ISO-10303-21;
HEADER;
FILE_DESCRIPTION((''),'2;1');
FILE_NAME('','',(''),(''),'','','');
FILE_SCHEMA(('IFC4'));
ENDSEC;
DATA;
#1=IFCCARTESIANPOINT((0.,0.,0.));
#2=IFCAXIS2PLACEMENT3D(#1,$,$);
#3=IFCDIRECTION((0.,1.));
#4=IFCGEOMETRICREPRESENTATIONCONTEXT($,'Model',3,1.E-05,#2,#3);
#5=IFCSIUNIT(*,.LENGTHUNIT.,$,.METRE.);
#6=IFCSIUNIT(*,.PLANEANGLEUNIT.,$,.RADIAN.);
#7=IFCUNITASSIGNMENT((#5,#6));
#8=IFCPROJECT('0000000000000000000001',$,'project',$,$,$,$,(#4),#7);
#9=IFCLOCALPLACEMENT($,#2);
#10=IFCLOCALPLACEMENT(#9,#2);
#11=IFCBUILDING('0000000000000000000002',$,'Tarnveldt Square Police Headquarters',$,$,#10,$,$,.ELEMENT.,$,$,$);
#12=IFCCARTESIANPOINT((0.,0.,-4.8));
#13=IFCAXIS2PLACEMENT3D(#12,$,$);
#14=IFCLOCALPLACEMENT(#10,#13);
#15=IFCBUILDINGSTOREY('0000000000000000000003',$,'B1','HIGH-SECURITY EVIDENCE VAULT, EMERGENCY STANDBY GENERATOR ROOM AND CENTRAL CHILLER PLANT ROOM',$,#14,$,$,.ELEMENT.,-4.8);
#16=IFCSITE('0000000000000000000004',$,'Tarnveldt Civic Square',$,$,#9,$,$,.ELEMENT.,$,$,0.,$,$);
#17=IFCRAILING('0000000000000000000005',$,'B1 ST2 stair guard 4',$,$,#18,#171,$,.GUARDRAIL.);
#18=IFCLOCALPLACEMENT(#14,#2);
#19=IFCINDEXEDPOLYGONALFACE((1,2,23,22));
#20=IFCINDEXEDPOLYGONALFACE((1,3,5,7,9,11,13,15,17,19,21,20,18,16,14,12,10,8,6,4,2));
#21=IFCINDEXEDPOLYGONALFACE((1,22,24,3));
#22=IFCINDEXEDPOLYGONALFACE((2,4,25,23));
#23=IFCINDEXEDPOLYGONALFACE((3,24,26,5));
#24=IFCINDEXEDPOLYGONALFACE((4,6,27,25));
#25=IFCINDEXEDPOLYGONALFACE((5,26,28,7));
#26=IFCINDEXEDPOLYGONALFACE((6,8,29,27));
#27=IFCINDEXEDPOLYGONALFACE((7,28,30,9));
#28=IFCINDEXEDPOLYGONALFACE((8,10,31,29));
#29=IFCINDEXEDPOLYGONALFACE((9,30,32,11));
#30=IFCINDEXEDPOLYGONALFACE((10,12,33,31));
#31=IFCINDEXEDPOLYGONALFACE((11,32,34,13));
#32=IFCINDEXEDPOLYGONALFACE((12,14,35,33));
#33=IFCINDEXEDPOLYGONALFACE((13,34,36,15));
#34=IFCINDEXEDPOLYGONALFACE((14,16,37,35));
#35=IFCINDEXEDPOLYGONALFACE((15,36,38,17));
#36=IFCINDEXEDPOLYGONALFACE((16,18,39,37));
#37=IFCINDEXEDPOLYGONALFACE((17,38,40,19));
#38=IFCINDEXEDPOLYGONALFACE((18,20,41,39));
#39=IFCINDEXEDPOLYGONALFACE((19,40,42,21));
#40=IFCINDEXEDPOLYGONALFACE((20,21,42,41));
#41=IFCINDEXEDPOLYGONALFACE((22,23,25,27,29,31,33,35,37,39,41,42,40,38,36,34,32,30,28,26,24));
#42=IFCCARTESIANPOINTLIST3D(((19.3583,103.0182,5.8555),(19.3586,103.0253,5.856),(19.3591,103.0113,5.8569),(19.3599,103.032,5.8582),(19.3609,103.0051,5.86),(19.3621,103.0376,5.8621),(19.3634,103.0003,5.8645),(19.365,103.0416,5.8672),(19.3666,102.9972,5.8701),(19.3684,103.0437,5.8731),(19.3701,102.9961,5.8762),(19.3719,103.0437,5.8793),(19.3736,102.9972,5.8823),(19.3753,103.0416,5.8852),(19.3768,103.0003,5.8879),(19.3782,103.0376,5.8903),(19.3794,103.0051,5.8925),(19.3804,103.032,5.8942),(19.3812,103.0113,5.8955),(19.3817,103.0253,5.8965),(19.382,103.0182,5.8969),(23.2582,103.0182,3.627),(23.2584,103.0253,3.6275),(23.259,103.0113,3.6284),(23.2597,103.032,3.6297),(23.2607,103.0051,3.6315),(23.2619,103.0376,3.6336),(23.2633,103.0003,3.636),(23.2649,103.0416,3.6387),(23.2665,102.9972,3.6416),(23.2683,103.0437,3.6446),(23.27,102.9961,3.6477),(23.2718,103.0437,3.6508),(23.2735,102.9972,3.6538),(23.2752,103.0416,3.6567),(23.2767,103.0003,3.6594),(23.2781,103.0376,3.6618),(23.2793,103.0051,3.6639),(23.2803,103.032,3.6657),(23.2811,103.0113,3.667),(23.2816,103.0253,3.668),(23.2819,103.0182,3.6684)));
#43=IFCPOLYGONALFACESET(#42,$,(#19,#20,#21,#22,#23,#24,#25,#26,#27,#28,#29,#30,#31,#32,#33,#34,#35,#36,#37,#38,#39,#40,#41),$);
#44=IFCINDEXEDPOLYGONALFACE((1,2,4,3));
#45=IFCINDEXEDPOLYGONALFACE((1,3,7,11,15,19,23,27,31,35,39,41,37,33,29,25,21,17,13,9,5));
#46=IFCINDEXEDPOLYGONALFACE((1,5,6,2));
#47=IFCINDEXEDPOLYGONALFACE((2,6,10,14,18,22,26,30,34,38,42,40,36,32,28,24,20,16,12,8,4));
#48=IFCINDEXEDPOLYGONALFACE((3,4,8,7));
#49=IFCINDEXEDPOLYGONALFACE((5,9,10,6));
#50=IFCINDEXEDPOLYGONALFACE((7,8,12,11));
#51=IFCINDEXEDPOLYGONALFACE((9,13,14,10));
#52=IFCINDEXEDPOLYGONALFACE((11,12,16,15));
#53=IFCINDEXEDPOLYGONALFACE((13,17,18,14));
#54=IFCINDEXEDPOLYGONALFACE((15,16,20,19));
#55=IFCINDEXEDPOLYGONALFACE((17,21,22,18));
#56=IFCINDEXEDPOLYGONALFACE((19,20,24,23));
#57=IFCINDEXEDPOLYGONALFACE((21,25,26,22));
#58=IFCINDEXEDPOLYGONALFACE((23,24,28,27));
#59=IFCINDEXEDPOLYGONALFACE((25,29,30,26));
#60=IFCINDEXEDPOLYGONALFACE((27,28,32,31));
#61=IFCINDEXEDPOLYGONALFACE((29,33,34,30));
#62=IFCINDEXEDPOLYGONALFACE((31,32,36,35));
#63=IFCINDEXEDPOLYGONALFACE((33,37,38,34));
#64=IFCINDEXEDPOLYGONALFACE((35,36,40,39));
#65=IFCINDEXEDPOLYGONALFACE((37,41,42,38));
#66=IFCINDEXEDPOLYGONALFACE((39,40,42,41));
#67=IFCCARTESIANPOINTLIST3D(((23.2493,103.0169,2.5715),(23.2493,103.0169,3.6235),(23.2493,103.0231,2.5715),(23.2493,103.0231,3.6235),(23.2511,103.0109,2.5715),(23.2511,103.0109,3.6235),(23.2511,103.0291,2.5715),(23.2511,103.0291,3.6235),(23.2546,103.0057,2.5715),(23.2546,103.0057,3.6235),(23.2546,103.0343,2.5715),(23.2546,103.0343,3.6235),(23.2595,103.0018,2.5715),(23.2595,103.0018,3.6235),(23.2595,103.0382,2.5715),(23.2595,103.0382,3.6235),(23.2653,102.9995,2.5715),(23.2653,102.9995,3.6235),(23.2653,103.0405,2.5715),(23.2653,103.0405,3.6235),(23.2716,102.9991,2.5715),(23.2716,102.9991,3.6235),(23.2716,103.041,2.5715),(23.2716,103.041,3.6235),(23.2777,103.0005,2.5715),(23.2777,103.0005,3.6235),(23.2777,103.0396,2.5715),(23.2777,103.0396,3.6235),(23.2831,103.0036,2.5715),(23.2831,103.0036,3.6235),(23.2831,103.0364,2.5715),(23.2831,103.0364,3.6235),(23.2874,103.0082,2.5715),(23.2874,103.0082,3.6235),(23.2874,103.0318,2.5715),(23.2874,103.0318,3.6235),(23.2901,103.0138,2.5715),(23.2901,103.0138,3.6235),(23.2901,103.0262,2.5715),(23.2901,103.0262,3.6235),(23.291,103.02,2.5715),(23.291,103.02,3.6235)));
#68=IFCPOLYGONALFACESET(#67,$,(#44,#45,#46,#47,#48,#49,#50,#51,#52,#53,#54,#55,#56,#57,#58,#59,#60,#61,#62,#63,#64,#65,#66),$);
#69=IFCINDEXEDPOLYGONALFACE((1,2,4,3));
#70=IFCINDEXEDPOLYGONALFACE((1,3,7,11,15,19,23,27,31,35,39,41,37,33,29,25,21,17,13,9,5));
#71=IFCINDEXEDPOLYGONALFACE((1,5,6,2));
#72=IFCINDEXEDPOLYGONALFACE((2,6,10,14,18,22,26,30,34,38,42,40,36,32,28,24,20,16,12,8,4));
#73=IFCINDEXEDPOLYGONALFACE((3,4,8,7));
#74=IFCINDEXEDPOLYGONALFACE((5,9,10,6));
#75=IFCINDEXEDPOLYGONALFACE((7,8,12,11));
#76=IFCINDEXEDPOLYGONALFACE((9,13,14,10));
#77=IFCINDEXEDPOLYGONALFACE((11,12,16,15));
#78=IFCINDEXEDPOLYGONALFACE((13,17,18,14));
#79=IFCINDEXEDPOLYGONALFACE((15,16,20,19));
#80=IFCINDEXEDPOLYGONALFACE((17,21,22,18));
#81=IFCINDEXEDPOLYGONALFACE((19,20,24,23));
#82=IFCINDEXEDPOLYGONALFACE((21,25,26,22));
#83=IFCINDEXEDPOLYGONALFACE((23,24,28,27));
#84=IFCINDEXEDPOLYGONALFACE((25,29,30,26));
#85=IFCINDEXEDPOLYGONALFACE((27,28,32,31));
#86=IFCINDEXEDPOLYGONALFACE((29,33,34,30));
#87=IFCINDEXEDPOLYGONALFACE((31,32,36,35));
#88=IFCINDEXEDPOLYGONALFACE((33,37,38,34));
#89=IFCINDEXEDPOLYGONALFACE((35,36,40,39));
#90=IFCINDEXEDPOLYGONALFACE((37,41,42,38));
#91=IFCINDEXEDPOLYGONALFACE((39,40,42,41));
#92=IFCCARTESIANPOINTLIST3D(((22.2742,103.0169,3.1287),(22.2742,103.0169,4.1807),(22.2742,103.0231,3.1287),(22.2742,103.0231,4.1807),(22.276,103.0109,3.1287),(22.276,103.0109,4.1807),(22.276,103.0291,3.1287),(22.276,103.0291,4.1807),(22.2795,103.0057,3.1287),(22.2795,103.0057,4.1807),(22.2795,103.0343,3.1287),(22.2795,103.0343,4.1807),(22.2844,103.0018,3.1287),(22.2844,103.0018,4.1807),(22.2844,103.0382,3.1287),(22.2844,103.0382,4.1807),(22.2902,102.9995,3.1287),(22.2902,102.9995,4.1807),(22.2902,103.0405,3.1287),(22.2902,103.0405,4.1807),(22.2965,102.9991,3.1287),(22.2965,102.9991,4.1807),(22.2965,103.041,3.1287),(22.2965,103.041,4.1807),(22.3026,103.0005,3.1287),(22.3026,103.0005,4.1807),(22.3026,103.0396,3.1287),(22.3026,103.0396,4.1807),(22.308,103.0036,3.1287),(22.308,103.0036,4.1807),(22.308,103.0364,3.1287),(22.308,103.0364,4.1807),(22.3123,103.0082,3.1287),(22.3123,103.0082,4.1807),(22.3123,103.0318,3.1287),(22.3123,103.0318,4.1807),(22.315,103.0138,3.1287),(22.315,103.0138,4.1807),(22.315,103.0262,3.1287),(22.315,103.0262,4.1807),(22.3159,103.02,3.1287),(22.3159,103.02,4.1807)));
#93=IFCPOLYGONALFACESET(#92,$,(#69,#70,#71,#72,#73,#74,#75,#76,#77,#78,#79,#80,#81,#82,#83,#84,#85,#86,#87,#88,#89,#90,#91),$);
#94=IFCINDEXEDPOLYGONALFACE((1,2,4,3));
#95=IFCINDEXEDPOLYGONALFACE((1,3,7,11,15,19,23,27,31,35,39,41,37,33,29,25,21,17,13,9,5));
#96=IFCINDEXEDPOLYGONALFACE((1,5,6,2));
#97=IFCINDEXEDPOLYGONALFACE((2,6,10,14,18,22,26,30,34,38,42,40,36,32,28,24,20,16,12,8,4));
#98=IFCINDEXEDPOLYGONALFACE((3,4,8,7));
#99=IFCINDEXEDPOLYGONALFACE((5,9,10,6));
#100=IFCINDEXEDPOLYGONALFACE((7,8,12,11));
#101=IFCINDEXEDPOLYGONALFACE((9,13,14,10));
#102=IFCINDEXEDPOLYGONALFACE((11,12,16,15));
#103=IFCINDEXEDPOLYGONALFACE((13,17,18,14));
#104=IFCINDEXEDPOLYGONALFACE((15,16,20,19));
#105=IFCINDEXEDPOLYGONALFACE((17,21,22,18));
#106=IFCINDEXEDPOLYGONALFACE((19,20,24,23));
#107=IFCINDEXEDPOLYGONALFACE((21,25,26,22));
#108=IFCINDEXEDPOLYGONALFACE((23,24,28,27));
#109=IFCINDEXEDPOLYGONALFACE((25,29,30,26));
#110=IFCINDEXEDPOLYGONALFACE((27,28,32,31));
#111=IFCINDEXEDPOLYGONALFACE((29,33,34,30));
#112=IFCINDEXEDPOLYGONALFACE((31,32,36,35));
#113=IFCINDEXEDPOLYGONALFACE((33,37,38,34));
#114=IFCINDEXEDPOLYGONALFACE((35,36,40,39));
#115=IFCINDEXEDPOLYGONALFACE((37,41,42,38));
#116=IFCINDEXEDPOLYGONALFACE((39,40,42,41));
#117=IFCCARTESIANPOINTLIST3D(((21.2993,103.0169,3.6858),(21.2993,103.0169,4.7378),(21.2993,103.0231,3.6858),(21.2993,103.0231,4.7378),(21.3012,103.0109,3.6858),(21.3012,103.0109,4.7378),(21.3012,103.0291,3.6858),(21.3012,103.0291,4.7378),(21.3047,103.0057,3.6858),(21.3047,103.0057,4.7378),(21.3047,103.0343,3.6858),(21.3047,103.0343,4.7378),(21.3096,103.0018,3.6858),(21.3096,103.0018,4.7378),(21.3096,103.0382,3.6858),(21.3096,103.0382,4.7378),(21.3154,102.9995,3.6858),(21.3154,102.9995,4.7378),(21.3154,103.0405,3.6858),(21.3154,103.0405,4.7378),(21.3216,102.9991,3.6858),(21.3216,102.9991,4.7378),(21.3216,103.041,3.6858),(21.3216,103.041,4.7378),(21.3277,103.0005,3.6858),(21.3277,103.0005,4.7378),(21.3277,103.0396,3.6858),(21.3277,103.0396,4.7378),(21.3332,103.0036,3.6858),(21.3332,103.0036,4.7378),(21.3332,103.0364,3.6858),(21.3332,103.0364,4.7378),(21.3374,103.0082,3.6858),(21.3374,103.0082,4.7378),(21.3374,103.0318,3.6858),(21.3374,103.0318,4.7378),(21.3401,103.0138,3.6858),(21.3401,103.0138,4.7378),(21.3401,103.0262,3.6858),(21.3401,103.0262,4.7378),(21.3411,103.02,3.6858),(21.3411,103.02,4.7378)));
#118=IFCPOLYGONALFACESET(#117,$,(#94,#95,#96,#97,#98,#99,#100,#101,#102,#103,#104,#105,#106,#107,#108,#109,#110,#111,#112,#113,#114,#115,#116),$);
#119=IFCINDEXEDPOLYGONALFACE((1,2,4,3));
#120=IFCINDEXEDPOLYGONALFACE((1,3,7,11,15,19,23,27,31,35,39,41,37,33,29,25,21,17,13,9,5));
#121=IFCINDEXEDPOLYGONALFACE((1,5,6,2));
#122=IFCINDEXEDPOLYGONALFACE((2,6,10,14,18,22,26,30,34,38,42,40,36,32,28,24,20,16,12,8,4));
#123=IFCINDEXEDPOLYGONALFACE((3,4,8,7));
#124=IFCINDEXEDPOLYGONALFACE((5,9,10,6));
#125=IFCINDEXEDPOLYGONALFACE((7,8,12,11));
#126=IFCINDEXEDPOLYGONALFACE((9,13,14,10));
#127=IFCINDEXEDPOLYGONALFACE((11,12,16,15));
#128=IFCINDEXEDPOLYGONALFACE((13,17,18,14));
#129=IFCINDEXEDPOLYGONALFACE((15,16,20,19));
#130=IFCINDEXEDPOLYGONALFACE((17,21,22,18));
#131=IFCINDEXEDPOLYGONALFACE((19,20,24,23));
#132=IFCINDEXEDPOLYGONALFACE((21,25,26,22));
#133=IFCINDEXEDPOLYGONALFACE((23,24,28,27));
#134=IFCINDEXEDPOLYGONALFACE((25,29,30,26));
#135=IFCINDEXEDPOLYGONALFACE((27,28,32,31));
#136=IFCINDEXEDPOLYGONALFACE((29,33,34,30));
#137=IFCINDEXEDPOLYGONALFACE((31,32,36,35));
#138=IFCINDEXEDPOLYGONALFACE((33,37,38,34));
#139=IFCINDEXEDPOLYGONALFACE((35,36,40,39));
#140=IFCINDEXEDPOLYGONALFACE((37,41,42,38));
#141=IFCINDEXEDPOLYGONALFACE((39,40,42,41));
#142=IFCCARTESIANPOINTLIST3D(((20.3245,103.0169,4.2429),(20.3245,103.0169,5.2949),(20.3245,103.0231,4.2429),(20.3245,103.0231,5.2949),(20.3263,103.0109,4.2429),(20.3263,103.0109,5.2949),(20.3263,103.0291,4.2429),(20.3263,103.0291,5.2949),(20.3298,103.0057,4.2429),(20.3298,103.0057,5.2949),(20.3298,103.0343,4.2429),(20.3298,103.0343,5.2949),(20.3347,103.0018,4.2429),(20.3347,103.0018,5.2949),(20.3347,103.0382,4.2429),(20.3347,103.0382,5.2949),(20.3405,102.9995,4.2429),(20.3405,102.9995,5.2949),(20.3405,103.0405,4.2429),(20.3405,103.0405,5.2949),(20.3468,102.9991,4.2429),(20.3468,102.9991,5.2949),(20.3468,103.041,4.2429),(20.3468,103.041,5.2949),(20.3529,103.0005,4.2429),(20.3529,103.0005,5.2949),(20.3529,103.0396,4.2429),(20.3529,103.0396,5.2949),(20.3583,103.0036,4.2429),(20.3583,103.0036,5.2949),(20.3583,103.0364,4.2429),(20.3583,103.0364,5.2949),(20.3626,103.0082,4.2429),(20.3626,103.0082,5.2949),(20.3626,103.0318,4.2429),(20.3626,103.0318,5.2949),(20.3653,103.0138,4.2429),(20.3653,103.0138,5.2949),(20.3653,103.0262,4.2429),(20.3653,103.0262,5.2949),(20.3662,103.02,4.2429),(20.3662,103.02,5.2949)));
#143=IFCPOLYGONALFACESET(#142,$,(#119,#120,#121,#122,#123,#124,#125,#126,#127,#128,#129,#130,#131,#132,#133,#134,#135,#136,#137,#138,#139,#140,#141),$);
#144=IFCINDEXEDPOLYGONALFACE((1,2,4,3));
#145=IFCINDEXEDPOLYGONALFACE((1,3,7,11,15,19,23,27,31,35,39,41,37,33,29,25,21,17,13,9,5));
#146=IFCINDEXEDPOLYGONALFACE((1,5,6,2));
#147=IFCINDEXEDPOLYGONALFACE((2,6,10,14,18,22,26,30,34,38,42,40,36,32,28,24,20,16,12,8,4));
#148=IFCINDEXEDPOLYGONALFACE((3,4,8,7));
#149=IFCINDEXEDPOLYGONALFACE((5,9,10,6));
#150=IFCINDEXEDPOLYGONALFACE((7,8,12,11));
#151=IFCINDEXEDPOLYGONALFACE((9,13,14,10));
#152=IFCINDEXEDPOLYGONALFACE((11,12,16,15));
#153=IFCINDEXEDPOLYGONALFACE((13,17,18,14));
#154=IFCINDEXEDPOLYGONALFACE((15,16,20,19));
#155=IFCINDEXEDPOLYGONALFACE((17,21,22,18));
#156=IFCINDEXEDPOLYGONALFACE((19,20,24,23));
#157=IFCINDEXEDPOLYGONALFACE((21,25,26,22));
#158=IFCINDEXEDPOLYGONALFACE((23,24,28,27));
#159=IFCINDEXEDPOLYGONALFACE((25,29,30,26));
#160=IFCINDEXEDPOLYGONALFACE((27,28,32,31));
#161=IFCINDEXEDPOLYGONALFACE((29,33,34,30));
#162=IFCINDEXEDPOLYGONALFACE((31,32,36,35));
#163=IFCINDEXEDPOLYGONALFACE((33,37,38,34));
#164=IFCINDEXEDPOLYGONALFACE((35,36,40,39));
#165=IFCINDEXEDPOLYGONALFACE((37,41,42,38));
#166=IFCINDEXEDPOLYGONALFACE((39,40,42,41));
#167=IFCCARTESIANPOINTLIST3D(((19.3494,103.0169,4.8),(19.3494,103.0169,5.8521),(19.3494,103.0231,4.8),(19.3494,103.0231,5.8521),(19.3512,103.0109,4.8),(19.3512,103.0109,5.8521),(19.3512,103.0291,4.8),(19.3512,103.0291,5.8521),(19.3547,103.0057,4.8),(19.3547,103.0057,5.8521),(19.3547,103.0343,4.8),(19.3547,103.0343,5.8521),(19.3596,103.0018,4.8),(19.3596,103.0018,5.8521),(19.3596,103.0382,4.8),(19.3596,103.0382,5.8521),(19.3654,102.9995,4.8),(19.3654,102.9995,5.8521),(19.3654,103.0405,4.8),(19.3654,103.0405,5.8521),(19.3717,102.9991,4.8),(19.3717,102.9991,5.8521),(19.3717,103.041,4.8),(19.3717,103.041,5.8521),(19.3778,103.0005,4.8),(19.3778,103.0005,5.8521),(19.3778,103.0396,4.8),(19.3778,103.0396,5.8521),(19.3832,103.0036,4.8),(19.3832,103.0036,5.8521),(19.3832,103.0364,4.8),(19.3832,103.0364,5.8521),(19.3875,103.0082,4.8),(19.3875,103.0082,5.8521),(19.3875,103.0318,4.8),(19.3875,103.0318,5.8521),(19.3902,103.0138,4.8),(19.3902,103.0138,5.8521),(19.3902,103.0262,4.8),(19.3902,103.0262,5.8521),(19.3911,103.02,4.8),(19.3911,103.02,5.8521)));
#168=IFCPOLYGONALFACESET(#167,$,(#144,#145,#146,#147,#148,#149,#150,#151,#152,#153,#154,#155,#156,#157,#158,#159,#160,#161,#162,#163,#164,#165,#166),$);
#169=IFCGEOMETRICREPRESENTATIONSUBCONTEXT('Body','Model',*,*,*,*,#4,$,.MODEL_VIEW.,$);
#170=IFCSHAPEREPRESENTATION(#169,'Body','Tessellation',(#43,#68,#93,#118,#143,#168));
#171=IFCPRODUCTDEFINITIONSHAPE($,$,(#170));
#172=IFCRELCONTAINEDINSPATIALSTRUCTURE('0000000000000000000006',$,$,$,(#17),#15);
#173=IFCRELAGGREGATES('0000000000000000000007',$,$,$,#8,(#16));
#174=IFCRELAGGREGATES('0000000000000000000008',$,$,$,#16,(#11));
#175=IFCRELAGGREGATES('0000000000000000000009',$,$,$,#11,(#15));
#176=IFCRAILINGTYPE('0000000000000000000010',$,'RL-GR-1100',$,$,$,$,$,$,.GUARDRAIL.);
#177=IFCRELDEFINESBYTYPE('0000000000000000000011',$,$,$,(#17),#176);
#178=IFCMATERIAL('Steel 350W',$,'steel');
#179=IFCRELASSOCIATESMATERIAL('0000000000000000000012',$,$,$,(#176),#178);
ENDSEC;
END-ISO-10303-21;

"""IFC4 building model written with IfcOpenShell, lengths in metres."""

from ifc_helpers import new_model, si_unit, direction, frame, origin, origin_2d, place, context, subcontext, project, spatial, circle, extrude, material, type_object, element, save


model = new_model("IFC4")

# Units and contexts
model_context = context("Model", 3, precision=1e-05, world=origin(), true_north=direction((0.0, 1.0)))
body_context = subcontext(model_context, "Body", "Model", "MODEL_VIEW")
ifc_project = project(units=[si_unit("LENGTHUNIT", "METRE"), si_unit("PLANEANGLEUNIT", "RADIAN")], contexts=[model_context])

# Site, building, storey
site_placement = place(None, origin())
site = spatial("IfcSite", under=ifc_project, at=site_placement, Name="Tarnveldt Civic Square", CompositionType="ELEMENT", RefElevation=0.0)
building_placement = place(site_placement, origin())
building = spatial("IfcBuilding", under=site, at=building_placement, Name="Tarnveldt Square Police Headquarters", CompositionType="ELEMENT")
storey_placement = place(building_placement, frame((0.0, 0.0, -4.8)))
storey = spatial("IfcBuildingStorey", under=building, at=storey_placement, Name="B1", Description="HIGH-SECURITY EVIDENCE VAULT, EMERGENCY STANDBY GENERATOR ROOM AND CENTRAL CHILLER PLANT ROOM", CompositionType="ELEMENT", Elevation=-4.8)

# Railing
ifc_material_1 = material(Name="Steel 350W", Category="steel")
railing_type_1 = type_object("IfcRailingType", Name="RL-GR-1100", PredefinedType="GUARDRAIL", material=ifc_material_1)
railing_1_placement = place(storey_placement, frame((23.27, 103.02, 2.5715)))
element("IfcRailing", 1, at=railing_1_placement, inside=storey, type_object=railing_type_1, Name="B1 ST2 stair guard 4", PredefinedType="GUARDRAIL", context=body_context, shape_type="SweptSolid", body=[
    extrude(circle(Radius=0.0239, at=origin_2d()), frame((0.0, 0.0, 1.0762), z_axis=(-0.868243, 0.0, 0.496139), x_axis=(0.0, -1.0, 0.0)), (0.0, 0.0, 1.0), 4.4917),
    extrude(circle(Radius=0.021, at=origin_2d()), origin(), (0.0, 0.0, 1.0), 1.052),
    extrude(circle(Radius=0.021, at=origin_2d()), frame((-0.9751, 0.0, 0.5571)), (0.0, 0.0, 1.0), 1.052),
    extrude(circle(Radius=0.021, at=origin_2d()), frame((-1.95, 0.0, 1.1143)), (0.0, 0.0, 1.0), 1.052),
    extrude(circle(Radius=0.021, at=origin_2d()), frame((-2.9248, 0.0, 1.6714)), (0.0, 0.0, 1.0), 1.052),
    extrude(circle(Radius=0.021, at=origin_2d()), frame((-3.8999, 0.0, 2.2285)), (0.0, 0.0, 1.0), 1.052),
])

save(model, "model.ifc")
